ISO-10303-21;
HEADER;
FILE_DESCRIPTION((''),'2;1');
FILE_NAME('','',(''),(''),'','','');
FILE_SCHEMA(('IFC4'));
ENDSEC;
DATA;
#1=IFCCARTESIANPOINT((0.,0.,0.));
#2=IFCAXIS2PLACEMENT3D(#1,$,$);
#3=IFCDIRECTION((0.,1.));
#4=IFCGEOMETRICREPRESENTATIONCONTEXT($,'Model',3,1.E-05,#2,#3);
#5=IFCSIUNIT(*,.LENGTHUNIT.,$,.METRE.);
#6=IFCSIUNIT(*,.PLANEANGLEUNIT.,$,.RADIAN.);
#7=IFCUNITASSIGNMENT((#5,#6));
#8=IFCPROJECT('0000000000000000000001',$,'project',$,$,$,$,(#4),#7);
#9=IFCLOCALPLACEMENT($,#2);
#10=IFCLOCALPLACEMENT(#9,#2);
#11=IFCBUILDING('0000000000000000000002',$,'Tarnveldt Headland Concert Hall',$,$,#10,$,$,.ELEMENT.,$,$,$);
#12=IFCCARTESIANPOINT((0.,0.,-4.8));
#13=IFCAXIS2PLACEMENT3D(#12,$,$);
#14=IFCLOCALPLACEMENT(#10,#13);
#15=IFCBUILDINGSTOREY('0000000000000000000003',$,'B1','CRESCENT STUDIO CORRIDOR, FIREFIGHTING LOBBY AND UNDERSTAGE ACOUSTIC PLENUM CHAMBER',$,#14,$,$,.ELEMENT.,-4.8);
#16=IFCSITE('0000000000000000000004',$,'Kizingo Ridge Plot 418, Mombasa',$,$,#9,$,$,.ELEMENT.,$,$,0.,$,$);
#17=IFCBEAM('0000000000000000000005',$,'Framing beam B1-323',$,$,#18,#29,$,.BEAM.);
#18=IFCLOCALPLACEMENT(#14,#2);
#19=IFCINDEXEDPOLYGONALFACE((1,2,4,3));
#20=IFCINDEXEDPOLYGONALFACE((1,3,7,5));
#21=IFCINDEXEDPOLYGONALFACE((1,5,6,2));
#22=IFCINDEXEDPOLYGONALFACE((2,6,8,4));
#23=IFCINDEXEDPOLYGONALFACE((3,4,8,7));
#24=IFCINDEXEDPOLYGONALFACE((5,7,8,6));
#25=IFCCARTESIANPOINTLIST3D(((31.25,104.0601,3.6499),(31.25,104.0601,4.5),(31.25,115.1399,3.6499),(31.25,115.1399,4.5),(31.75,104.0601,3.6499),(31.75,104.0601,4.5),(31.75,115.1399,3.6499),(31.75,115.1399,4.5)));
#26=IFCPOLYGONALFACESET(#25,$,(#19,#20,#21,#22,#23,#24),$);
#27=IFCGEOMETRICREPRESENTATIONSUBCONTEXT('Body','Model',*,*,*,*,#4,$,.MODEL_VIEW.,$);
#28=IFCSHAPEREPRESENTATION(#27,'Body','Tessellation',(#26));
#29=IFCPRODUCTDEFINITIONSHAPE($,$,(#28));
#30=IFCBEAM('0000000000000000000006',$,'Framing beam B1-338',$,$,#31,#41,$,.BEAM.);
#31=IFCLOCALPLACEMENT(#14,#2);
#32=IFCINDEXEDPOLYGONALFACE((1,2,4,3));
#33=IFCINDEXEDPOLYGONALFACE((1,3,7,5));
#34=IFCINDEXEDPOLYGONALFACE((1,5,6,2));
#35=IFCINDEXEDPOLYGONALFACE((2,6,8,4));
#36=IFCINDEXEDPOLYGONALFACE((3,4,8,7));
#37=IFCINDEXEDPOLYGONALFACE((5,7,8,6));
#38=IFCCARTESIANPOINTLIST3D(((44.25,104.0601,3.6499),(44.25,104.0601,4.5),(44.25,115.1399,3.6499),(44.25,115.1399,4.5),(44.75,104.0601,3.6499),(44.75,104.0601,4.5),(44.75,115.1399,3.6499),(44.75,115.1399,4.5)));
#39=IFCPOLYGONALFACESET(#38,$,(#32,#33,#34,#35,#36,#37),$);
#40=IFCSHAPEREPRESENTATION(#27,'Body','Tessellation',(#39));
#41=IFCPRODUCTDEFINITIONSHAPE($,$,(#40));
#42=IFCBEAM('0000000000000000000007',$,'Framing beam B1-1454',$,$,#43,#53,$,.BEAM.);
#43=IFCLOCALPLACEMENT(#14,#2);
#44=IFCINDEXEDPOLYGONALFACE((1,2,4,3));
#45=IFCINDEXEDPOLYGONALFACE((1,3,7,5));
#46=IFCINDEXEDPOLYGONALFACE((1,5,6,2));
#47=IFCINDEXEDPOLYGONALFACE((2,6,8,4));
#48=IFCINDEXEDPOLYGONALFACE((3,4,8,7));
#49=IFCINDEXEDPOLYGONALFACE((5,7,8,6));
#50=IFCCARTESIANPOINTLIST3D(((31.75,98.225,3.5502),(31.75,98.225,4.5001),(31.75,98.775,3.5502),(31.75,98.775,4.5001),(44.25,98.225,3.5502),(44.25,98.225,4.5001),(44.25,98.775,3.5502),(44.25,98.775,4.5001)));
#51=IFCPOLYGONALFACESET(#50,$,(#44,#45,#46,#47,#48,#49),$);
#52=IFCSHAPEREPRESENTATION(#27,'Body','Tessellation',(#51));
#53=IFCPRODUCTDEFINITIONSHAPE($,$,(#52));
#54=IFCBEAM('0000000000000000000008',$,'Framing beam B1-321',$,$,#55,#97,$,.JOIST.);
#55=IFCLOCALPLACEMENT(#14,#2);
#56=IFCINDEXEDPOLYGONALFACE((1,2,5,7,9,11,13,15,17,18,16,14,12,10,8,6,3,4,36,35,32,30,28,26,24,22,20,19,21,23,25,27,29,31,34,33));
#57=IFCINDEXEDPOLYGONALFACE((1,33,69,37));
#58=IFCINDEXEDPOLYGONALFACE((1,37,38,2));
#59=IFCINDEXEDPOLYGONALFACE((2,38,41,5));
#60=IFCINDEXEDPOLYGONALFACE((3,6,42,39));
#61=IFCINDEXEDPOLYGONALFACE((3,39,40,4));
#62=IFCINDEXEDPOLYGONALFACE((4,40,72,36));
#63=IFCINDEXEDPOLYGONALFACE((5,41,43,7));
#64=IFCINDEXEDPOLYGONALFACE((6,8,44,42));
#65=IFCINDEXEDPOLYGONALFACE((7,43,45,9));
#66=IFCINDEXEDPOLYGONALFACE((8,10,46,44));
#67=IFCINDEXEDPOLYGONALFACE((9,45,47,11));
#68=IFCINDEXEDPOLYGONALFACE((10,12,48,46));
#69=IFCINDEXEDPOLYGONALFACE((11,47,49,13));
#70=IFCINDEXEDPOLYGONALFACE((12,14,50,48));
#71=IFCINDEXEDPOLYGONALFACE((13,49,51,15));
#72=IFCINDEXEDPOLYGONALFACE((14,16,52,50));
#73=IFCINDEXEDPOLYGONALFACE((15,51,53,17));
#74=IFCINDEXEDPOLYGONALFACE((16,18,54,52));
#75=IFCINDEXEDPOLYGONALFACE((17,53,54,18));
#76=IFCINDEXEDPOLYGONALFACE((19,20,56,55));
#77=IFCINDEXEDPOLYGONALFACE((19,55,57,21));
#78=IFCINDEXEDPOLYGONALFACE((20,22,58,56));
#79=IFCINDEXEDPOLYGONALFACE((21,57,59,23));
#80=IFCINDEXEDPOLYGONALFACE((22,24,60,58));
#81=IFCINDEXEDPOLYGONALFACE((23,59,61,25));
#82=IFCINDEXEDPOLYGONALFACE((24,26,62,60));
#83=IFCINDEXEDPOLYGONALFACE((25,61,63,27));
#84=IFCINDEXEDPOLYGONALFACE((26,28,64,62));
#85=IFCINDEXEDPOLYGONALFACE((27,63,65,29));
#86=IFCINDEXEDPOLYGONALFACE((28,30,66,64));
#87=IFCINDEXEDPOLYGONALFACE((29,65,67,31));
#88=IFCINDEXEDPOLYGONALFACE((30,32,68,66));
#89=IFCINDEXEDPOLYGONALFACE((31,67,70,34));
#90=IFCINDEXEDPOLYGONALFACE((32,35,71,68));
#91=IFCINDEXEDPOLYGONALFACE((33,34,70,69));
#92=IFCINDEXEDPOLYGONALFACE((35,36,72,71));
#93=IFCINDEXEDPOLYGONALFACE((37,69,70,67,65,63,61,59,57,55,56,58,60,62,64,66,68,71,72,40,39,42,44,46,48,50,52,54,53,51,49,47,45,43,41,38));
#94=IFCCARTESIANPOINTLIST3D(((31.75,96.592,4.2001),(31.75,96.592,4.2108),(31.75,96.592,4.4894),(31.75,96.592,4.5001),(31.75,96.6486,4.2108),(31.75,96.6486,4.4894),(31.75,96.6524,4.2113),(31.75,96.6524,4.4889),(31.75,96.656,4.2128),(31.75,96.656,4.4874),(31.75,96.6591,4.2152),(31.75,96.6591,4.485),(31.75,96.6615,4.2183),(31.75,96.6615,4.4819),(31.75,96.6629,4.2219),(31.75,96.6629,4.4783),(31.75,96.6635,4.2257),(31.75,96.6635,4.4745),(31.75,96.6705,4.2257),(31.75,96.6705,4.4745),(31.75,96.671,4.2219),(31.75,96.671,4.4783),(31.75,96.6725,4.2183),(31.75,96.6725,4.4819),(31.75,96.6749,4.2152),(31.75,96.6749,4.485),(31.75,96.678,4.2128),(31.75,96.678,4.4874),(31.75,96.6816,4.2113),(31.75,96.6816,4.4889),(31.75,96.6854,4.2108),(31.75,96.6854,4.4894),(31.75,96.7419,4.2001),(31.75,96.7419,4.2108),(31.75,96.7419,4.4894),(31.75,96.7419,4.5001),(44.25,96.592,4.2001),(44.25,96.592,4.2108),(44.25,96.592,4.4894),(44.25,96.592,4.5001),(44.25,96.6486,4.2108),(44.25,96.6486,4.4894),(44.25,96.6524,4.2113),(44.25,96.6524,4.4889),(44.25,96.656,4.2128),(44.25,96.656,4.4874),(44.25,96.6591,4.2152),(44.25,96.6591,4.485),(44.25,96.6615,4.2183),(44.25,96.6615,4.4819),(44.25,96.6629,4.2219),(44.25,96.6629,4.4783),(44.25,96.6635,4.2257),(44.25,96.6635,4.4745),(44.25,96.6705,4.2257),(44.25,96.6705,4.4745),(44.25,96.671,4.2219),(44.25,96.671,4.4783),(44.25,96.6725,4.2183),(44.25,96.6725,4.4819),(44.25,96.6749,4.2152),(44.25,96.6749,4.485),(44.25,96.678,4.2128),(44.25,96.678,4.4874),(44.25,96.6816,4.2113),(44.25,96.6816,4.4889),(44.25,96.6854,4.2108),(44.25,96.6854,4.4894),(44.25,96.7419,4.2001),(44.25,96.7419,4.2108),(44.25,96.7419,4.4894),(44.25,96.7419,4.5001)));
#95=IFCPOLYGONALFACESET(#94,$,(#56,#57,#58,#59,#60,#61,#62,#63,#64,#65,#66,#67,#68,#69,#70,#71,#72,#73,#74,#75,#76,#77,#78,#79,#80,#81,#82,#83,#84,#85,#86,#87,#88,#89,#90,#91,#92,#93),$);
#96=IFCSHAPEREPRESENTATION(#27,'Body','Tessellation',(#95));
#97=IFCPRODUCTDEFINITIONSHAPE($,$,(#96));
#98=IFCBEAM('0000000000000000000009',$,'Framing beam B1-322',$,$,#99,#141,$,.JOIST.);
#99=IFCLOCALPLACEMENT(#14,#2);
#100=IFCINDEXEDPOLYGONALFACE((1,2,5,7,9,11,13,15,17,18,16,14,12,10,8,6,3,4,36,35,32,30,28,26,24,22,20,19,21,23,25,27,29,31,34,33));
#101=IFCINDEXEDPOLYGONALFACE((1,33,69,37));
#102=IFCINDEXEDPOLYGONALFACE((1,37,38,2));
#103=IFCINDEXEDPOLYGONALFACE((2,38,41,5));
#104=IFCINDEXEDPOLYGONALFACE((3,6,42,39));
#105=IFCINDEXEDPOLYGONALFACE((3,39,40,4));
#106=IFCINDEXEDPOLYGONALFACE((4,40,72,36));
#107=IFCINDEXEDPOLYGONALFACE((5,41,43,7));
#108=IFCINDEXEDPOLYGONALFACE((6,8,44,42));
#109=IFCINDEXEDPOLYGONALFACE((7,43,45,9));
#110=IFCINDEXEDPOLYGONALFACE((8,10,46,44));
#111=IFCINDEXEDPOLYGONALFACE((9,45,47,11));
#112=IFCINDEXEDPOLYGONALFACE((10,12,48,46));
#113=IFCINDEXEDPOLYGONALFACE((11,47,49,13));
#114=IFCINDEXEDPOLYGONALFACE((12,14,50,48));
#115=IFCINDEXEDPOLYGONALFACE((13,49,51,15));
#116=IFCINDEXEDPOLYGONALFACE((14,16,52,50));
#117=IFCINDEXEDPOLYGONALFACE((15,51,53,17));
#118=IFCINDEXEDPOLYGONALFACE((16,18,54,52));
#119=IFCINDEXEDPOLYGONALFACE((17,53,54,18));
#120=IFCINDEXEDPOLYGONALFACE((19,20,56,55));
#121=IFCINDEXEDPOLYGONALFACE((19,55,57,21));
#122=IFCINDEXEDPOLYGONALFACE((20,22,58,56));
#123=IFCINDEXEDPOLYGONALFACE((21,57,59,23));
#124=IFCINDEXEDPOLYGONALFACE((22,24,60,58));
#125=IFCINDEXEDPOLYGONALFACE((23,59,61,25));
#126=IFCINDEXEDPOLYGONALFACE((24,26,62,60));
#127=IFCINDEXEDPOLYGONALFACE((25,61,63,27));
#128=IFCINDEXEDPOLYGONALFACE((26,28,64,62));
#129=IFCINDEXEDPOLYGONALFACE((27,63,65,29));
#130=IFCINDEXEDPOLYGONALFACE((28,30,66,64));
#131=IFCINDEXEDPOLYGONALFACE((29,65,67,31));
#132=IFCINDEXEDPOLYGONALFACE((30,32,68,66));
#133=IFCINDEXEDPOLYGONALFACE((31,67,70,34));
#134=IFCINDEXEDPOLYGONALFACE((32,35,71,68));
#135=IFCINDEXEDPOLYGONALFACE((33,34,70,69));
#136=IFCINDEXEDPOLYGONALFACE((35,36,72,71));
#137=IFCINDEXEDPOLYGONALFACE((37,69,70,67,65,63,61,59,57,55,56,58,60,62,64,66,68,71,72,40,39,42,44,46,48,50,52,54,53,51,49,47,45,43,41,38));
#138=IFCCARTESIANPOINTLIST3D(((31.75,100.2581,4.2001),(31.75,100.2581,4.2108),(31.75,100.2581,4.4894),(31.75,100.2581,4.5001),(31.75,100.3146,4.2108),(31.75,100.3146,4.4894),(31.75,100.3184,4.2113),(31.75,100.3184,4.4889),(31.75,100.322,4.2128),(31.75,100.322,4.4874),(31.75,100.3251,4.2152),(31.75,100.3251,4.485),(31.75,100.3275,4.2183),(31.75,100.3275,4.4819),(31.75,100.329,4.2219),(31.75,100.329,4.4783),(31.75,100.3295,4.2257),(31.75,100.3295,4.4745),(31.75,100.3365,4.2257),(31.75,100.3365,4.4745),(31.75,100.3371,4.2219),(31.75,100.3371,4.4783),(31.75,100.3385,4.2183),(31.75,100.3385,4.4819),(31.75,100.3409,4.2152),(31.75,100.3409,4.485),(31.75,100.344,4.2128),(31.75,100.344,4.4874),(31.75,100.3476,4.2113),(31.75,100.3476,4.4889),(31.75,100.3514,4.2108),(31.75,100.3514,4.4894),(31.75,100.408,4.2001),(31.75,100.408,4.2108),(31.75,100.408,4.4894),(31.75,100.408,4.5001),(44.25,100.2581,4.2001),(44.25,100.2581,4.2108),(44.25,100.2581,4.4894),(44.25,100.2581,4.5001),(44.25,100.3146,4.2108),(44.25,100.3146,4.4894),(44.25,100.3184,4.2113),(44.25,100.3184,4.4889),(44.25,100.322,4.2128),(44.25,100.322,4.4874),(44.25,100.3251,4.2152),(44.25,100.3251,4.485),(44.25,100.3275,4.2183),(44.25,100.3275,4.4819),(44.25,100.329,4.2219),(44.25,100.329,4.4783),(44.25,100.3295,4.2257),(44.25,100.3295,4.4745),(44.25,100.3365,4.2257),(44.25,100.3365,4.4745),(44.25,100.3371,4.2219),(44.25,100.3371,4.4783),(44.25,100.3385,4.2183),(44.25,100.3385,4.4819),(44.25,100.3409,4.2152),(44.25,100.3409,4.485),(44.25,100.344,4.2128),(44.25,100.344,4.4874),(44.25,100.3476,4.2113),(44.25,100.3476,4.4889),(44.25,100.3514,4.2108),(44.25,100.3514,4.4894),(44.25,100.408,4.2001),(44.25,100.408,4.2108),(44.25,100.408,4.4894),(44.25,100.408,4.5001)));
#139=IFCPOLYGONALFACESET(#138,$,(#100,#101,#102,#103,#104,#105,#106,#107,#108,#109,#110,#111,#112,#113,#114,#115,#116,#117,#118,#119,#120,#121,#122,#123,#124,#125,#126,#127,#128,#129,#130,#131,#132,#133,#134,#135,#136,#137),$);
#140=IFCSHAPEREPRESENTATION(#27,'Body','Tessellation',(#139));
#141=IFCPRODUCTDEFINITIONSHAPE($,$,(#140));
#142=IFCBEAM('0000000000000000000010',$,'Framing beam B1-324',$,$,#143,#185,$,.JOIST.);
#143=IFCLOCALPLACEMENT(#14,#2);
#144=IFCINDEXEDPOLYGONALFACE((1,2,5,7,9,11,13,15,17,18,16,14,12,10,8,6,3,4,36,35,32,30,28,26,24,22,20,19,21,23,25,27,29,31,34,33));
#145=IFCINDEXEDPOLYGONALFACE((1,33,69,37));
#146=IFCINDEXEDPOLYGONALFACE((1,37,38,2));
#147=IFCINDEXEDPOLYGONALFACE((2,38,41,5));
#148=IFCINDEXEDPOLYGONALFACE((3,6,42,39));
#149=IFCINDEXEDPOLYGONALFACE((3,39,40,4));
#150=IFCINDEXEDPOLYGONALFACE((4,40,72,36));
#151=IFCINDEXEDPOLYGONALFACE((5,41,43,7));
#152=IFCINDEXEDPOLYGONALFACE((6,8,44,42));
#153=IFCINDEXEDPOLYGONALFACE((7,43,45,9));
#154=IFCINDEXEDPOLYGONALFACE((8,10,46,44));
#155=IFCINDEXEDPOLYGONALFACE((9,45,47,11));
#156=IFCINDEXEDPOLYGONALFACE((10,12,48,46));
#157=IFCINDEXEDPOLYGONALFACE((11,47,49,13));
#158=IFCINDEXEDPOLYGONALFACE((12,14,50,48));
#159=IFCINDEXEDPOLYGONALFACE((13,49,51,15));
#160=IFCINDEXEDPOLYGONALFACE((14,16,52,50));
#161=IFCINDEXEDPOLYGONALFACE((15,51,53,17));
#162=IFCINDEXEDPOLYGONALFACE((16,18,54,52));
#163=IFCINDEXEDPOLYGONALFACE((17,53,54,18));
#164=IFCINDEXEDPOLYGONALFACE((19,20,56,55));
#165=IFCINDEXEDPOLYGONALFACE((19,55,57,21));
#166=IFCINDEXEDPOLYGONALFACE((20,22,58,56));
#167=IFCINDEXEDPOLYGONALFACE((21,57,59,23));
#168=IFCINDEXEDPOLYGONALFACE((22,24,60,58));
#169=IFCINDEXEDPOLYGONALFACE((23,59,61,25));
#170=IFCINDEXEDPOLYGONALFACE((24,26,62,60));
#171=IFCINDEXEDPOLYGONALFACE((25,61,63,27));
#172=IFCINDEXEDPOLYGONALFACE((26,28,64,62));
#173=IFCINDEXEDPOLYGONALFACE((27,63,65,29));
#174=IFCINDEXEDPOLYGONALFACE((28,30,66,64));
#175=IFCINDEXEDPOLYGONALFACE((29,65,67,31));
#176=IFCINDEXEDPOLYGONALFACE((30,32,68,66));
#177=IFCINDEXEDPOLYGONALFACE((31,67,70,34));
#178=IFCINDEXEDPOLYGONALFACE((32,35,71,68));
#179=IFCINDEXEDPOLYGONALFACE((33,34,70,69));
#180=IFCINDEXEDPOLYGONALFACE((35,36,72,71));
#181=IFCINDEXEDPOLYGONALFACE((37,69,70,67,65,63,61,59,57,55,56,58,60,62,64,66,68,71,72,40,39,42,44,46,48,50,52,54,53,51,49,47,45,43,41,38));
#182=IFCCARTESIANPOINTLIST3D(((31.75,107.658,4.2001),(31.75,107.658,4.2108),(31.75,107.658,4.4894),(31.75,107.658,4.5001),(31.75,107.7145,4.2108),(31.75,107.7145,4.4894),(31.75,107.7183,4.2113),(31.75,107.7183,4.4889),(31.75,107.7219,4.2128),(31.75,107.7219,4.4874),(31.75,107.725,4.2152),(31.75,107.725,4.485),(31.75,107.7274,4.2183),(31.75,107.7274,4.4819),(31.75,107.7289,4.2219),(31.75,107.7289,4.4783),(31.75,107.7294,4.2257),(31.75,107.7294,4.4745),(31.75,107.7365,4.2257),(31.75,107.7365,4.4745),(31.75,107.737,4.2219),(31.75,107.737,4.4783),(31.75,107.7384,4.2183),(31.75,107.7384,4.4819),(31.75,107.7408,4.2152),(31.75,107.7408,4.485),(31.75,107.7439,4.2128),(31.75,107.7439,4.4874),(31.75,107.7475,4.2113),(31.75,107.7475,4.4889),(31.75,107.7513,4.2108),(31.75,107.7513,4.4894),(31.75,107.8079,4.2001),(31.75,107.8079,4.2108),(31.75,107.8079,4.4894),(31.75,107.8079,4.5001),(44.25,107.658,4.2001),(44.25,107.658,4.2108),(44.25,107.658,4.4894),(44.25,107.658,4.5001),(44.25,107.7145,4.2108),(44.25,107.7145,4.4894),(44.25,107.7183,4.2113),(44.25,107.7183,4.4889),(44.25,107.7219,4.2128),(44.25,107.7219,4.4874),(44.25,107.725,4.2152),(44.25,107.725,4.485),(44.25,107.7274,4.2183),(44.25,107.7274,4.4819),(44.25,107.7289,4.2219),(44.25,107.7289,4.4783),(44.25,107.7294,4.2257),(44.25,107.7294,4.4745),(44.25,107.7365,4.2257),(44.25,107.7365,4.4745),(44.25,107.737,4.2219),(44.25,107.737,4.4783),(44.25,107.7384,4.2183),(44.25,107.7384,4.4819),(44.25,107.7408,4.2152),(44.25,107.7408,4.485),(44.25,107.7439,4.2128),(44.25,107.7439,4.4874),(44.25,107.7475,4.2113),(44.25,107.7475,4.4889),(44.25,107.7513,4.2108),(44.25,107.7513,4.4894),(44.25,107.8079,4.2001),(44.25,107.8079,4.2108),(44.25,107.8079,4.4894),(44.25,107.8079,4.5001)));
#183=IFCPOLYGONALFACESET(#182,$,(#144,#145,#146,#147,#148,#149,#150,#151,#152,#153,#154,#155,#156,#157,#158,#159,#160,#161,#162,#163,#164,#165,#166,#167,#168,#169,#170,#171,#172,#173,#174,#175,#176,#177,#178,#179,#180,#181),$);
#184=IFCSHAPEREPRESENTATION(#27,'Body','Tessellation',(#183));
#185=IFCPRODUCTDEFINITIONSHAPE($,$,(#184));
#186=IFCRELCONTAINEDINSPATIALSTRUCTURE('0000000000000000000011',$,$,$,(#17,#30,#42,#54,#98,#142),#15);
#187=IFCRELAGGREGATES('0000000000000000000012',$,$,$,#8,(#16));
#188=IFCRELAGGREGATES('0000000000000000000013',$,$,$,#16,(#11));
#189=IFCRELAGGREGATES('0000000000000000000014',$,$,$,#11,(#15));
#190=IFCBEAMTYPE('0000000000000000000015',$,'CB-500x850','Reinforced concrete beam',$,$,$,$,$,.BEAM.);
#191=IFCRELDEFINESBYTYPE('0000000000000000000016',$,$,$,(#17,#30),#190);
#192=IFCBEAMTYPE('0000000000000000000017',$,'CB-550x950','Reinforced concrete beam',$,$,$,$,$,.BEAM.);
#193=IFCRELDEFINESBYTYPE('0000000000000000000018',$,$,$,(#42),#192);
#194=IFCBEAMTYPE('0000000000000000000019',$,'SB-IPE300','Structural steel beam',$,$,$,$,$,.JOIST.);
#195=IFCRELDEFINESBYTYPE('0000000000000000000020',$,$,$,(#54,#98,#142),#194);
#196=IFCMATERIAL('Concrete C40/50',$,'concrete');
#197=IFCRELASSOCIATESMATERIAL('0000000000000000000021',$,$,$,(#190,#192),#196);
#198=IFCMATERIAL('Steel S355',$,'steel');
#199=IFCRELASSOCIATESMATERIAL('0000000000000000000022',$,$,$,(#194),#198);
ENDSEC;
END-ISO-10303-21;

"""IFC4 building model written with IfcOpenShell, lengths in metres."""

from ifc_helpers import new_model, si_unit, direction, frame, origin, origin_2d, place, context, subcontext, project, spatial, rectangle, i_section, extrude, material, material_profile, profile_set, type_object, element, save


model = new_model("IFC4")

# Units and contexts
model_context = context("Model", 3, precision=1e-05, world=origin(), true_north=direction((0.0, 1.0)))
body_context = subcontext(model_context, "Body", "Model", "MODEL_VIEW")
ifc_project = project(units=[si_unit("LENGTHUNIT", "METRE"), si_unit("PLANEANGLEUNIT", "RADIAN")], contexts=[model_context])

# Site, building, storey
site_placement = place(None, origin())
site = spatial("IfcSite", under=ifc_project, at=site_placement, Name="Kizingo Ridge Plot 418, Mombasa", CompositionType="ELEMENT", RefElevation=0.0)
building_placement = place(site_placement, origin())
building = spatial("IfcBuilding", under=site, at=building_placement, Name="Tarnveldt Headland Concert Hall", CompositionType="ELEMENT")
storey_placement = place(building_placement, frame((0.0, 0.0, -4.8)))
storey = spatial("IfcBuildingStorey", under=building, at=storey_placement, Name="B1", Description="CRESCENT STUDIO CORRIDOR, FIREFIGHTING LOBBY AND UNDERSTAGE ACOUSTIC PLENUM CHAMBER", CompositionType="ELEMENT", Elevation=-4.8)

# Shared definitions
ifc_material_1 = material(Name="Concrete C40/50", Category="concrete")

# Beams
ifc_material_profile_1 = material_profile(ifc_material_1, rectangle(XDim=0.5, YDim=0.8501, at=origin_2d()), Name="RC 500x850", Category="concrete")
ifc_profile_set_1 = profile_set([ifc_material_profile_1], Name="Concrete C40/50")
beam_type_1 = type_object("IfcBeamType", Name="CB-500x850", Description="Reinforced concrete beam", PredefinedType="BEAM", material=ifc_profile_set_1)
for number, where, z_axis, x_axis, name in (
    (1, (31.5, 104.0601, 4.075), (0.0, 1.0, 0.0), (-1.0, 0.0, 0.0), "Framing beam B1-323"),
    (2, (44.5, 104.0601, 4.075), (0.0, 1.0, 0.0), (-1.0, 0.0, 0.0), "Framing beam B1-338"),
):
    element("IfcBeam", number, at=place(storey_placement, frame(where, z_axis=z_axis, x_axis=x_axis)), inside=storey, type_object=beam_type_1, Name=name, PredefinedType="BEAM", context=body_context, shape_type="SweptSolid", body=[
        extrude(rectangle(XDim=0.5, YDim=0.8501, at=origin_2d()), origin(), (0.0, 0.0, 1.0), 11.0798),
    ])
ifc_material_profile_2 = material_profile(ifc_material_1, rectangle(XDim=0.55, YDim=0.95, at=origin_2d()), Name="RC 550x950", Category="concrete")
ifc_profile_set_2 = profile_set([ifc_material_profile_2], Name="Concrete C40/50")
beam_type_2 = type_object("IfcBeamType", Name="CB-550x950", Description="Reinforced concrete beam", PredefinedType="BEAM", material=ifc_profile_set_2)
beam_placement = place(storey_placement, frame((31.75, 98.5, 4.0251), z_axis=(1.0, 0.0, 0.0), x_axis=(0.0, 1.0, 0.0)))
element("IfcBeam", 3, at=beam_placement, inside=storey, type_object=beam_type_2, Name="Framing beam B1-1454", PredefinedType="BEAM", context=body_context, shape_type="SweptSolid", body=[
    extrude(rectangle(XDim=0.55, YDim=0.95, at=origin_2d()), origin(), (0.0, 0.0, 1.0), 12.5),
])
ifc_material_2 = material(Name="Steel S355", Category="steel")
ifc_material_profile_3 = material_profile(ifc_material_2, i_section(OverallWidth=0.1499, OverallDepth=0.3, WebThickness=0.0071, FlangeThickness=0.0107, FilletRadius=0.0149, at=origin_2d()), Name="IPE300", Category="steel")
ifc_profile_set_3 = profile_set([ifc_material_profile_3], Name="Steel S355")
beam_type_3 = type_object("IfcBeamType", Name="SB-IPE300", Description="Structural steel beam", PredefinedType="JOIST", material=ifc_profile_set_3)
for number, where, z_axis, x_axis, name in (
    (4, (31.75, 96.667, 4.3501), (1.0, 0.0, 0.0), (0.0, 1.0, 0.0), "Framing beam B1-321"),
    (5, (31.75, 100.333, 4.3501), (1.0, 0.0, 0.0), (0.0, 1.0, 0.0), "Framing beam B1-322"),
    (6, (31.75, 107.7329, 4.3501), (1.0, 0.0, 0.0), (0.0, 1.0, 0.0), "Framing beam B1-324"),
):
    element("IfcBeam", number, at=place(storey_placement, frame(where, z_axis=z_axis, x_axis=x_axis)), inside=storey, type_object=beam_type_3, Name=name, PredefinedType="JOIST", context=body_context, shape_type="SweptSolid", body=[
        extrude(i_section(OverallWidth=0.1499, OverallDepth=0.3, WebThickness=0.0071, FlangeThickness=0.0107, FilletRadius=0.0149, at=origin_2d()), origin(), (0.0, 0.0, 1.0), 12.5),
    ])

save(model, "model.ifc")
